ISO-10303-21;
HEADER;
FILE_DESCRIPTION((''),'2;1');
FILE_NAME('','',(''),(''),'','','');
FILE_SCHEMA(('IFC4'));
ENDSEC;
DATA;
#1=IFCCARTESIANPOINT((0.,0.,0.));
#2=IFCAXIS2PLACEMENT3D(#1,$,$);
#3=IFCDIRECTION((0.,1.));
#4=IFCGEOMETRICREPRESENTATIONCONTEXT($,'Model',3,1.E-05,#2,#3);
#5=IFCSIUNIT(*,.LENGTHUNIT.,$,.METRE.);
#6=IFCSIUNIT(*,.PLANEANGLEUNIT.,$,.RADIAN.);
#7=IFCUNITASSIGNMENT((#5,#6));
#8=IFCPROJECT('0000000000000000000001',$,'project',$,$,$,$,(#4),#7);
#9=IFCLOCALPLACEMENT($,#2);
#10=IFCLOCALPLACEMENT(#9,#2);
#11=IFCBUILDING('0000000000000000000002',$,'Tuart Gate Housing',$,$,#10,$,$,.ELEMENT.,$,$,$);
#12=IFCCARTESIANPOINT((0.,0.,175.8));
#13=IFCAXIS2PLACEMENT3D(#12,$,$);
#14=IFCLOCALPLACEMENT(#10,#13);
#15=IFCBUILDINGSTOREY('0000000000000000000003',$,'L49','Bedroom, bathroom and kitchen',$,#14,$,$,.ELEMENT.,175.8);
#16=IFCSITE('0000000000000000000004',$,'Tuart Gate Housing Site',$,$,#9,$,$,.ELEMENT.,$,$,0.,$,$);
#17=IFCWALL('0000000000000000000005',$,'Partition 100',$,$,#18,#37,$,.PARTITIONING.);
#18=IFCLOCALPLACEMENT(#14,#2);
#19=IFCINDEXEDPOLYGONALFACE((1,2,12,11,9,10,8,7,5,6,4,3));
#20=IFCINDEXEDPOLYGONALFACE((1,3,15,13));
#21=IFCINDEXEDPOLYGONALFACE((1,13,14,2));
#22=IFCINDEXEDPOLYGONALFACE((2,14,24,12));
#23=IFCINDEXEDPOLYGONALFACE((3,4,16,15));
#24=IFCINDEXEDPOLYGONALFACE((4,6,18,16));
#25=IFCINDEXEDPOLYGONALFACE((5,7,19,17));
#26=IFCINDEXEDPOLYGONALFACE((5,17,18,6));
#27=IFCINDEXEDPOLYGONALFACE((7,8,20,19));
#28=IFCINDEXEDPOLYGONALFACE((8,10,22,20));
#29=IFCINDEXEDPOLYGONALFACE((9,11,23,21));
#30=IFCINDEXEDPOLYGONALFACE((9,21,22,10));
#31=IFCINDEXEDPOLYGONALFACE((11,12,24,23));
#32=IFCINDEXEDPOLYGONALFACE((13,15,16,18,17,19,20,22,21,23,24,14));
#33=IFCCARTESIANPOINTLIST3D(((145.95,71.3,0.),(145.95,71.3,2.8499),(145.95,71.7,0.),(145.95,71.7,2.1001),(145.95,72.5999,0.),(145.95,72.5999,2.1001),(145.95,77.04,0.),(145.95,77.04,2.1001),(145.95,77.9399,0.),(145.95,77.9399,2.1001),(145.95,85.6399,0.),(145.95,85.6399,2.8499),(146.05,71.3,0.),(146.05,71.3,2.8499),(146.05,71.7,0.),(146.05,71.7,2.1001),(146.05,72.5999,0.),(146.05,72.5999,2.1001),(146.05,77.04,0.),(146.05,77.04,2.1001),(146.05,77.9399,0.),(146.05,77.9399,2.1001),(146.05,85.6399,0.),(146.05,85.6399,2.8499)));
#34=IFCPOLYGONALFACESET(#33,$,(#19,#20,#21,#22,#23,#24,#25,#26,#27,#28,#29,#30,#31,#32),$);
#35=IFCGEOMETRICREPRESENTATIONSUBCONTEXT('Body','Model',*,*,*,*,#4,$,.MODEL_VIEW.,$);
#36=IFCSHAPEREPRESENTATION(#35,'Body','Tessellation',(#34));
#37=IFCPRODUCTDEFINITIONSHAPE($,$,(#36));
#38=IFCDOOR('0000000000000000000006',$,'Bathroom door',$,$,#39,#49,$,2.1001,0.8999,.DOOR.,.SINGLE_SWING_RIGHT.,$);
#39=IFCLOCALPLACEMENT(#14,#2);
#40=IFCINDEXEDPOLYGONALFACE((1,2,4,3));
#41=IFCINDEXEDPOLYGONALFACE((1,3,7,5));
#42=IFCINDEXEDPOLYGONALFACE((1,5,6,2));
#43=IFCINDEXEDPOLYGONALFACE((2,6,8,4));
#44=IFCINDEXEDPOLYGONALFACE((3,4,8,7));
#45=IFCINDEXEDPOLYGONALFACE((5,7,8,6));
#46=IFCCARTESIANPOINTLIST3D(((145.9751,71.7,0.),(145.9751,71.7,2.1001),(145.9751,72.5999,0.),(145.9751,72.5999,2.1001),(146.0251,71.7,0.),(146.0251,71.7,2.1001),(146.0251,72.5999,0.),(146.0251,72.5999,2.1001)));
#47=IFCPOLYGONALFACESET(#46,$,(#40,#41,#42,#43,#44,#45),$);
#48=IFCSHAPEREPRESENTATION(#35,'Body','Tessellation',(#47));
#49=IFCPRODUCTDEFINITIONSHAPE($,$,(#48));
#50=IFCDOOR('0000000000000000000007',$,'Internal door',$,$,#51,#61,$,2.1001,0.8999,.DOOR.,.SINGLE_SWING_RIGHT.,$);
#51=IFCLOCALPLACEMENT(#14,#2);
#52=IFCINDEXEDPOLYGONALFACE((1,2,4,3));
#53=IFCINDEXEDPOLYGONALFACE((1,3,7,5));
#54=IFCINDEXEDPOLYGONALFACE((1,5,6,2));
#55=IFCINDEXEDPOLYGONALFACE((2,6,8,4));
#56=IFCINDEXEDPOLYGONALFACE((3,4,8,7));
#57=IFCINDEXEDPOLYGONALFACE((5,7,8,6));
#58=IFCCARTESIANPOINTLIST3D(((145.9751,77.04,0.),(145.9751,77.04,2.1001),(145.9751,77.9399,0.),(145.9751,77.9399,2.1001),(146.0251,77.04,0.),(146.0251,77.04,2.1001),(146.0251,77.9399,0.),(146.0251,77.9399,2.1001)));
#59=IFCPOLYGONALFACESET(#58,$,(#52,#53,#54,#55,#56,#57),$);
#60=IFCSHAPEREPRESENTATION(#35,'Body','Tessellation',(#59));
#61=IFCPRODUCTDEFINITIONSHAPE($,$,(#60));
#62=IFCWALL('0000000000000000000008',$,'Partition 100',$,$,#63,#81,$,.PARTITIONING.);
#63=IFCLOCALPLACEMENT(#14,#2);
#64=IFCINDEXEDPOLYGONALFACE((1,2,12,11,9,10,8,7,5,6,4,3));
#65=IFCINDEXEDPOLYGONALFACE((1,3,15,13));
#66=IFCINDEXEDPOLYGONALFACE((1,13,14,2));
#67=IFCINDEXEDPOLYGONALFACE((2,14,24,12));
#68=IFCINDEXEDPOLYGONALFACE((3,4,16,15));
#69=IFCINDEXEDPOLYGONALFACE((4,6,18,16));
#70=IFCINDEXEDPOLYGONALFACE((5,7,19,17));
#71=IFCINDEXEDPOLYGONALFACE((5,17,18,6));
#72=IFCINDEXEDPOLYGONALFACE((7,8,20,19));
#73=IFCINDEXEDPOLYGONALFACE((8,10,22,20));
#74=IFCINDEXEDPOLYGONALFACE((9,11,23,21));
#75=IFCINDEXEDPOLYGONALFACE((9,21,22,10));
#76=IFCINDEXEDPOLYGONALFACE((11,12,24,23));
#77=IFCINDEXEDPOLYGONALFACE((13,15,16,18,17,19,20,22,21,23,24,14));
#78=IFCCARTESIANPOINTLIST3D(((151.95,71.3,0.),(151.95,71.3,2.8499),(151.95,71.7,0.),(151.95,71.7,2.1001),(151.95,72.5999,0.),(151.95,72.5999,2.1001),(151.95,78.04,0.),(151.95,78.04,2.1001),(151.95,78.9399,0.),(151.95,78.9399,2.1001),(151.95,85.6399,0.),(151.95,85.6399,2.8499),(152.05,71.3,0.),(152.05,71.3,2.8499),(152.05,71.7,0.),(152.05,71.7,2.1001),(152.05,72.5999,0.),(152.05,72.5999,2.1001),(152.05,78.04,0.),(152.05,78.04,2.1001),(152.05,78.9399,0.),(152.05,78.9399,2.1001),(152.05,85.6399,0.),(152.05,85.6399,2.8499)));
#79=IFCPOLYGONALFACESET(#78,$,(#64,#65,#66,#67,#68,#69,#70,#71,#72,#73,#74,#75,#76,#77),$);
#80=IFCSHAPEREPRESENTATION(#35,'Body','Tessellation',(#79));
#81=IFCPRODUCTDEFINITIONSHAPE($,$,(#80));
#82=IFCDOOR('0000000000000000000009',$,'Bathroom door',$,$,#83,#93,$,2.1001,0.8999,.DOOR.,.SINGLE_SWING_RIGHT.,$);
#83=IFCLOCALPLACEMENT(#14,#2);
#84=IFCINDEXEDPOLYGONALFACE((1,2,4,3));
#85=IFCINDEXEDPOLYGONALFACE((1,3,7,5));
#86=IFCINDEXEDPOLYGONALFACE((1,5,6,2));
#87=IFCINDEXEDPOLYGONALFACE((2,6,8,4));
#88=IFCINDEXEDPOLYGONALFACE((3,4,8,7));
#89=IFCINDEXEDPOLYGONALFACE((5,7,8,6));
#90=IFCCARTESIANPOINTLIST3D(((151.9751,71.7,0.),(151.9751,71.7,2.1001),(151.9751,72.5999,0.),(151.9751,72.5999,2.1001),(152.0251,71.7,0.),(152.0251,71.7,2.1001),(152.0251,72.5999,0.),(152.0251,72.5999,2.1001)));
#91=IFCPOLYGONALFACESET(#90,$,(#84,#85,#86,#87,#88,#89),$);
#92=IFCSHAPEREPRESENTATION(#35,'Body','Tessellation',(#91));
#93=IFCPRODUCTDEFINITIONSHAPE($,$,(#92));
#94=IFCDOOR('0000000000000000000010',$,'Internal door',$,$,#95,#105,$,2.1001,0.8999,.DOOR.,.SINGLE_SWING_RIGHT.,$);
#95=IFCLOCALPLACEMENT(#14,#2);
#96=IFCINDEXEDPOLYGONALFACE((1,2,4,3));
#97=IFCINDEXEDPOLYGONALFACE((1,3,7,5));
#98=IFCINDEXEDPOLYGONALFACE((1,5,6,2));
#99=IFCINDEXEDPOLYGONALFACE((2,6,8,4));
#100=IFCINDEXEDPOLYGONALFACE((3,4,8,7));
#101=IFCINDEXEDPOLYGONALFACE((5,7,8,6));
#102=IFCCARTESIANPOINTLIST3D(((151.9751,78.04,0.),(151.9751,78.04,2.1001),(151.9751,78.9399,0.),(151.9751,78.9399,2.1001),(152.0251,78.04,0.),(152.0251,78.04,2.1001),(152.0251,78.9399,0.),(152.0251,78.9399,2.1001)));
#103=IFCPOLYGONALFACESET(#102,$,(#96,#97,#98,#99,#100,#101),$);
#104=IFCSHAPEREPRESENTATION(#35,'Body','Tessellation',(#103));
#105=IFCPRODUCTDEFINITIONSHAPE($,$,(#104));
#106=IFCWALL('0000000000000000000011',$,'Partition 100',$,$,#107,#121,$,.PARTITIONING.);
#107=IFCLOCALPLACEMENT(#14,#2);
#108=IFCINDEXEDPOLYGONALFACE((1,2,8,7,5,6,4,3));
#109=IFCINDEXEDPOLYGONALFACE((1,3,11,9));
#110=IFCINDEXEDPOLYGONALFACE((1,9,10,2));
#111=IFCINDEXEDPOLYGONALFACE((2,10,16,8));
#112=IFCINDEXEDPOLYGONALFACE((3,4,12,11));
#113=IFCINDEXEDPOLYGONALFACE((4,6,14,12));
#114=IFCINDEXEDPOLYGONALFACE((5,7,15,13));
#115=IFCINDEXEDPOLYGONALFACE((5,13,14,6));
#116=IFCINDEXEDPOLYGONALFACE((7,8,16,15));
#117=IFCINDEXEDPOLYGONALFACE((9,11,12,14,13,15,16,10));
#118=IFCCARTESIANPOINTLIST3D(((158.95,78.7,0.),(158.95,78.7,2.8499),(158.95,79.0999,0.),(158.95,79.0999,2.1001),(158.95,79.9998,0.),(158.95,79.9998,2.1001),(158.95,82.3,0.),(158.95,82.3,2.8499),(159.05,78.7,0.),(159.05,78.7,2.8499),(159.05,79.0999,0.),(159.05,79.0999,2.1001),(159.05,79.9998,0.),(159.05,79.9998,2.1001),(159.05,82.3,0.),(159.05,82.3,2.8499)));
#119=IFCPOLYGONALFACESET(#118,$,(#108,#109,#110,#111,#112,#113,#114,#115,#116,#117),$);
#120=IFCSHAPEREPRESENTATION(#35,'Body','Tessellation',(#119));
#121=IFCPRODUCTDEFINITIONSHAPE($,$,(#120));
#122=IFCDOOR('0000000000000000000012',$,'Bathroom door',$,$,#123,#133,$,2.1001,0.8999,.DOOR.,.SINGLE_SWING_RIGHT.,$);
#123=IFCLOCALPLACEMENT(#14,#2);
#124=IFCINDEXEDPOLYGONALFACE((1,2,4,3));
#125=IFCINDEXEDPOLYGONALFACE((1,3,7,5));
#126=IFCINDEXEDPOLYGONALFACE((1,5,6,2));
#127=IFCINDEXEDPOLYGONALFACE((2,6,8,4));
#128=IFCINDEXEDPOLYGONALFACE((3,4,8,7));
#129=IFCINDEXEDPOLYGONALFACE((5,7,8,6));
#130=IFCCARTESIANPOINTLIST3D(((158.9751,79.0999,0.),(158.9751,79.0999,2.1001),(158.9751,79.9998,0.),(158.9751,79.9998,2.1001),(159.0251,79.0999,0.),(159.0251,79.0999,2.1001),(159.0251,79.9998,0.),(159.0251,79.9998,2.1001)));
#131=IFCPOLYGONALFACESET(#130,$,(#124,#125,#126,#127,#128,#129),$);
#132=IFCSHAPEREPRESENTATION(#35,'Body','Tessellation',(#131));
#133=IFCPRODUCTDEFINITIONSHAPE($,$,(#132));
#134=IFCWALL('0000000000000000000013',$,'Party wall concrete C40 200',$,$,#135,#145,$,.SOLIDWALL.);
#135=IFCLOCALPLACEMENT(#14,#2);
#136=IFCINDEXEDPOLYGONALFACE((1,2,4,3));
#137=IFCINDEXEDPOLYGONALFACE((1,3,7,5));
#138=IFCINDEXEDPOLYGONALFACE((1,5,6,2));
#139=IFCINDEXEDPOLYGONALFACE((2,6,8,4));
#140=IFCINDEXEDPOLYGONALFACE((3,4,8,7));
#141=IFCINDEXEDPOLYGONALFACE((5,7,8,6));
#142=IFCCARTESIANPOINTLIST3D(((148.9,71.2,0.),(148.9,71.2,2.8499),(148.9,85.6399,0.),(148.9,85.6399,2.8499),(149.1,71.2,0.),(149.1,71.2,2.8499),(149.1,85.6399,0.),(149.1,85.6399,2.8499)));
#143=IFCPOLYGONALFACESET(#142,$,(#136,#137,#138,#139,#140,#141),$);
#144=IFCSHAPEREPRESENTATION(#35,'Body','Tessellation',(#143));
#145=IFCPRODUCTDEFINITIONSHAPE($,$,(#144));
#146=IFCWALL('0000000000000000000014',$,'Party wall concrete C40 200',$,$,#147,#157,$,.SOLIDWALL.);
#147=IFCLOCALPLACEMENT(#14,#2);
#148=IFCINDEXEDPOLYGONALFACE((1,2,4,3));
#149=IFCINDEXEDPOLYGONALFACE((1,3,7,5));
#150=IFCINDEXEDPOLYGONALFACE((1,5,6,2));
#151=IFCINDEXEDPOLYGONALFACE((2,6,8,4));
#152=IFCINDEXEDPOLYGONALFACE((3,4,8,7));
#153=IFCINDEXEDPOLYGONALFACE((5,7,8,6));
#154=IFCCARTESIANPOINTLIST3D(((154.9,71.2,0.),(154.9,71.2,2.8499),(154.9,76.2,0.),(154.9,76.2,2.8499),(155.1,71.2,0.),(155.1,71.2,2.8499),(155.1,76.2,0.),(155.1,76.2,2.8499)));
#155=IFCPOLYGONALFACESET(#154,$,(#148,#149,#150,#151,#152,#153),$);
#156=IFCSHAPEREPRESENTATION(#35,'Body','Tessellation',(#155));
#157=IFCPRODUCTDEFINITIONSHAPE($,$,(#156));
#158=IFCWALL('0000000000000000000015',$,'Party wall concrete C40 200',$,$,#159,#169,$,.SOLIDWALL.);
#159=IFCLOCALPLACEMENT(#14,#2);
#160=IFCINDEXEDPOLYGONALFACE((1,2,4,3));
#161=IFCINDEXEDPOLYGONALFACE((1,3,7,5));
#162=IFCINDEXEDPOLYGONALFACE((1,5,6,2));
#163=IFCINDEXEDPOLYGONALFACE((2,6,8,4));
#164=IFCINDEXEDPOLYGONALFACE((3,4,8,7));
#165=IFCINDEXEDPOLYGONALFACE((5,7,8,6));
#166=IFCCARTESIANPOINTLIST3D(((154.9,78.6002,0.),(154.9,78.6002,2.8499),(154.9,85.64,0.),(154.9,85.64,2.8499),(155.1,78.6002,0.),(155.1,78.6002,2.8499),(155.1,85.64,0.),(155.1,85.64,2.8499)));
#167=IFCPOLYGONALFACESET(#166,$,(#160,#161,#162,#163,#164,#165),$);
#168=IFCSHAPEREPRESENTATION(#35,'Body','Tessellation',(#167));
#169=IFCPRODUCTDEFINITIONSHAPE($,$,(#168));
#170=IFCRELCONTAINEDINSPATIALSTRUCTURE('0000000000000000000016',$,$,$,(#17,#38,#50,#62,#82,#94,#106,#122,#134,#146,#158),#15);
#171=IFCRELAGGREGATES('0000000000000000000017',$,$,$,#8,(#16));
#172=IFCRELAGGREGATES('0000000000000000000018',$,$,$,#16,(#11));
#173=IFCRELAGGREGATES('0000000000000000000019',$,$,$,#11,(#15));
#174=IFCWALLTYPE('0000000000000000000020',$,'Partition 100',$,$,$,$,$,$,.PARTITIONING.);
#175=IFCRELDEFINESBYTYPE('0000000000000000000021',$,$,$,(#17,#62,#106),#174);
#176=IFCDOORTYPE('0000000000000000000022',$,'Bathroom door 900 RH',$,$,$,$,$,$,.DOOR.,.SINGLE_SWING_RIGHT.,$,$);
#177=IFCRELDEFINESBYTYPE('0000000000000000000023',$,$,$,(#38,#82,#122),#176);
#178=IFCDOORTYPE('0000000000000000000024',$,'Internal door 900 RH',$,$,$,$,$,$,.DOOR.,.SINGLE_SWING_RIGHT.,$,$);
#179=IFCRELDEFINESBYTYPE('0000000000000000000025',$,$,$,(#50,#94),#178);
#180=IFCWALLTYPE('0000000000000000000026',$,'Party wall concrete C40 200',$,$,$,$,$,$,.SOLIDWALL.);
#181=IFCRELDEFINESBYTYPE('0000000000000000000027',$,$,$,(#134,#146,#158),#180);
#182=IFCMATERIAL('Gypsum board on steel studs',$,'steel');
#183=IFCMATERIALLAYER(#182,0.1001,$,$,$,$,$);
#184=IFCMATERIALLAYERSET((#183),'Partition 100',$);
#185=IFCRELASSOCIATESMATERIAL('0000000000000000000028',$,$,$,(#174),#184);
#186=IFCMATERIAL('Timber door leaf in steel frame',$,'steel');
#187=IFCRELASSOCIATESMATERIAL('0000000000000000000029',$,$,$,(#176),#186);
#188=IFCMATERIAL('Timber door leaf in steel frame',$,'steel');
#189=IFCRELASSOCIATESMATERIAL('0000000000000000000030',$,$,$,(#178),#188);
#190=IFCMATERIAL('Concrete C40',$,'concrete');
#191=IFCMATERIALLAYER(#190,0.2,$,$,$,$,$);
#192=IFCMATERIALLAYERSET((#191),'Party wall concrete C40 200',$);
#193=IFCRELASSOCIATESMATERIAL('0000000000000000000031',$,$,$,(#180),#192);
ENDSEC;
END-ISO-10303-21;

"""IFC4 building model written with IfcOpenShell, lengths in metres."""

from ifc_helpers import new_model, si_unit, direction, frame, frame_2d, origin, place, context, subcontext, project, spatial, rectangle, extrude, material, layer, layer_set, type_object, element, fill, save


model = new_model("IFC4")

# Units and contexts
model_context = context("Model", 3, precision=1e-05, world=origin(), true_north=direction((0.0, 1.0)))
body_context = subcontext(model_context, "Body", "Model", "MODEL_VIEW")
ifc_project = project(units=[si_unit("LENGTHUNIT", "METRE"), si_unit("PLANEANGLEUNIT", "RADIAN")], contexts=[model_context])

# Site, building, storey
site_placement = place(None, origin())
site = spatial("IfcSite", under=ifc_project, at=site_placement, Name="Tuart Gate Housing Site", CompositionType="ELEMENT", RefElevation=0.0)
building_placement = place(site_placement, origin())
building = spatial("IfcBuilding", under=site, at=building_placement, Name="Tuart Gate Housing", CompositionType="ELEMENT")
storey_placement = place(building_placement, frame((0.0, 0.0, 175.8)))
storey = spatial("IfcBuildingStorey", under=building, at=storey_placement, Name="L49", Description="Bedroom, bathroom and kitchen", CompositionType="ELEMENT", Elevation=175.8)

# Shared definitions
ifc_material_1 = material(Name="Gypsum board on steel studs", Category="steel")
ifc_layer_1 = layer(ifc_material_1, 0.1001)
ifc_layer_set_1 = layer_set([ifc_layer_1], Name="Partition 100")
wall_type_1 = type_object("IfcWallType", Name="Partition 100", PredefinedType="PARTITIONING", material=ifc_layer_set_1)

# Walls, openings, doors
wall_1_placement = place(storey_placement, frame((146.0, 71.3, 0.0), z_axis=(0.0, 0.0, 1.0), x_axis=(0.0, 1.0, 0.0)))
wall_1 = element("IfcWall", 1, at=wall_1_placement, inside=storey, type_object=wall_type_1, Name="Partition 100", PredefinedType="PARTITIONING", context=body_context, shape_type="SweptSolid", body=[
    extrude(rectangle(XDim=14.3398, YDim=0.1001, at=frame_2d((7.1699, 0.0))), origin(), (0.0, 0.0, 1.0), 2.8499),
])
opening_1_placement = place(wall_1_placement, frame((5.74, 0.0, 0.0)))
opening_1 = element("IfcOpeningElement", 2, at=opening_1_placement, cuts=wall_1, PredefinedType="OPENING", context=body_context, shape_type="SweptSolid", body=[
    extrude(rectangle(XDim=0.8999, YDim=2.1001, at=frame_2d((0.45, 1.05))), frame((0.0, 0.0601, 0.0), z_axis=(0.0, -1.0, 0.0), x_axis=(1.0, 0.0, 0.0)), (0.0, 0.0, 1.0), 0.1201),
])
opening_2_placement = place(wall_1_placement, frame((0.3999, 0.0, 0.0)))
opening_2 = element("IfcOpeningElement", 3, at=opening_2_placement, cuts=wall_1, PredefinedType="OPENING", context=body_context, shape_type="SweptSolid", body=[
    extrude(rectangle(XDim=0.8999, YDim=2.1001, at=frame_2d((0.45, 1.05))), frame((0.0, 0.0601, 0.0), z_axis=(0.0, -1.0, 0.0), x_axis=(1.0, 0.0, 0.0)), (0.0, 0.0, 1.0), 0.1201),
])
ifc_material_2 = material(Name="Timber door leaf in steel frame", Category="steel")
door_type_1 = type_object("IfcDoorType", Name="Bathroom door 900 RH", OperationType="SINGLE_SWING_RIGHT", PredefinedType="DOOR", material=ifc_material_2)
door_1_placement = place(opening_2_placement, frame((0.8999, 0.0, 0.0), z_axis=(0.0, 0.0, 1.0), x_axis=(-1.0, 0.0, 0.0)))
door_1 = element("IfcDoor", 4, at=door_1_placement, inside=storey, type_object=door_type_1, Name="Bathroom door", OperationType="SINGLE_SWING_RIGHT", OverallHeight=2.1001, OverallWidth=0.8999, PredefinedType="DOOR", context=body_context, shape_type="SweptSolid", body=[
    extrude(rectangle(XDim=0.8999, YDim=2.1001, at=frame_2d((0.45, 1.05))), frame((0.0, 0.0251, 0.0), z_axis=(0.0, -1.0, 0.0), x_axis=(1.0, 0.0, 0.0)), (0.0, 0.0, 1.0), 0.05),
])
fill(opening_2, door_1)
ifc_material_3 = material(Name="Timber door leaf in steel frame", Category="steel")
door_type_2 = type_object("IfcDoorType", Name="Internal door 900 RH", OperationType="SINGLE_SWING_RIGHT", PredefinedType="DOOR", material=ifc_material_3)
door_2_placement = place(opening_1_placement, frame((0.8999, 0.0, 0.0), z_axis=(0.0, 0.0, 1.0), x_axis=(-1.0, 0.0, 0.0)))
door_2 = element("IfcDoor", 5, at=door_2_placement, inside=storey, type_object=door_type_2, Name="Internal door", OperationType="SINGLE_SWING_RIGHT", OverallHeight=2.1001, OverallWidth=0.8999, PredefinedType="DOOR", context=body_context, shape_type="SweptSolid", body=[
    extrude(rectangle(XDim=0.8999, YDim=2.1001, at=frame_2d((0.45, 1.05))), frame((0.0, 0.0251, 0.0), z_axis=(0.0, -1.0, 0.0), x_axis=(1.0, 0.0, 0.0)), (0.0, 0.0, 1.0), 0.05),
])
fill(opening_1, door_2)
wall_2_placement = place(storey_placement, frame((152.0, 71.3, 0.0), z_axis=(0.0, 0.0, 1.0), x_axis=(0.0, 1.0, 0.0)))
wall_2 = element("IfcWall", 6, at=wall_2_placement, inside=storey, type_object=wall_type_1, Name="Partition 100", PredefinedType="PARTITIONING", context=body_context, shape_type="SweptSolid", body=[
    extrude(rectangle(XDim=14.3398, YDim=0.1001, at=frame_2d((7.1699, 0.0))), origin(), (0.0, 0.0, 1.0), 2.8499),
])
opening_3_placement = place(wall_2_placement, frame((6.74, 0.0, 0.0)))
opening_3 = element("IfcOpeningElement", 7, at=opening_3_placement, cuts=wall_2, PredefinedType="OPENING", context=body_context, shape_type="SweptSolid", body=[
    extrude(rectangle(XDim=0.8999, YDim=2.1001, at=frame_2d((0.45, 1.05))), frame((0.0, 0.0601, 0.0), z_axis=(0.0, -1.0, 0.0), x_axis=(1.0, 0.0, 0.0)), (0.0, 0.0, 1.0), 0.1201),
])
opening_4_placement = place(wall_2_placement, frame((0.3999, 0.0, 0.0)))
opening_4 = element("IfcOpeningElement", 8, at=opening_4_placement, cuts=wall_2, PredefinedType="OPENING", context=body_context, shape_type="SweptSolid", body=[
    extrude(rectangle(XDim=0.8999, YDim=2.1001, at=frame_2d((0.45, 1.05))), frame((0.0, 0.0601, 0.0), z_axis=(0.0, -1.0, 0.0), x_axis=(1.0, 0.0, 0.0)), (0.0, 0.0, 1.0), 0.1201),
])
door_3_placement = place(opening_4_placement, frame((0.8999, 0.0, 0.0), z_axis=(0.0, 0.0, 1.0), x_axis=(-1.0, 0.0, 0.0)))
door_3 = element("IfcDoor", 9, at=door_3_placement, inside=storey, type_object=door_type_1, Name="Bathroom door", OperationType="SINGLE_SWING_RIGHT", OverallHeight=2.1001, OverallWidth=0.8999, PredefinedType="DOOR", context=body_context, shape_type="SweptSolid", body=[
    extrude(rectangle(XDim=0.8999, YDim=2.1001, at=frame_2d((0.45, 1.05))), frame((0.0, 0.0251, 0.0), z_axis=(0.0, -1.0, 0.0), x_axis=(1.0, 0.0, 0.0)), (0.0, 0.0, 1.0), 0.05),
])
fill(opening_4, door_3)
door_4_placement = place(opening_3_placement, frame((0.8999, 0.0, 0.0), z_axis=(0.0, 0.0, 1.0), x_axis=(-1.0, 0.0, 0.0)))
door_4 = element("IfcDoor", 10, at=door_4_placement, inside=storey, type_object=door_type_2, Name="Internal door", OperationType="SINGLE_SWING_RIGHT", OverallHeight=2.1001, OverallWidth=0.8999, PredefinedType="DOOR", context=body_context, shape_type="SweptSolid", body=[
    extrude(rectangle(XDim=0.8999, YDim=2.1001, at=frame_2d((0.45, 1.05))), frame((0.0, 0.0251, 0.0), z_axis=(0.0, -1.0, 0.0), x_axis=(1.0, 0.0, 0.0)), (0.0, 0.0, 1.0), 0.05),
])
fill(opening_3, door_4)

# Wall, opening, door
wall_3_placement = place(storey_placement, frame((159.0, 78.7, 0.0), z_axis=(0.0, 0.0, 1.0), x_axis=(0.0, 1.0, 0.0)))
wall_3 = element("IfcWall", 11, at=wall_3_placement, inside=storey, type_object=wall_type_1, Name="Partition 100", PredefinedType="PARTITIONING", context=body_context, shape_type="SweptSolid", body=[
    extrude(rectangle(XDim=3.6001, YDim=0.1001, at=frame_2d((1.8, 0.0))), origin(), (0.0, 0.0, 1.0), 2.8499),
])
opening_5_placement = place(wall_3_placement, frame((0.3999, 0.0, 0.0)))
opening_5 = element("IfcOpeningElement", 12, at=opening_5_placement, cuts=wall_3, PredefinedType="OPENING", context=body_context, shape_type="SweptSolid", body=[
    extrude(rectangle(XDim=0.8999, YDim=2.1001, at=frame_2d((0.45, 1.05))), frame((0.0, 0.0601, 0.0), z_axis=(0.0, -1.0, 0.0), x_axis=(1.0, 0.0, 0.0)), (0.0, 0.0, 1.0), 0.1201),
])
door_5_placement = place(opening_5_placement, frame((0.8999, 0.0, 0.0), z_axis=(0.0, 0.0, 1.0), x_axis=(-1.0, 0.0, 0.0)))
door_5 = element("IfcDoor", 13, at=door_5_placement, inside=storey, type_object=door_type_1, Name="Bathroom door", OperationType="SINGLE_SWING_RIGHT", OverallHeight=2.1001, OverallWidth=0.8999, PredefinedType="DOOR", context=body_context, shape_type="SweptSolid", body=[
    extrude(rectangle(XDim=0.8999, YDim=2.1001, at=frame_2d((0.45, 1.05))), frame((0.0, 0.0251, 0.0), z_axis=(0.0, -1.0, 0.0), x_axis=(1.0, 0.0, 0.0)), (0.0, 0.0, 1.0), 0.05),
])
fill(opening_5, door_5)

# Walls
ifc_material_4 = material(Name="Concrete C40", Category="concrete")
ifc_layer_2 = layer(ifc_material_4, 0.2)
ifc_layer_set_2 = layer_set([ifc_layer_2], Name="Party wall concrete C40 200")
wall_type_2 = type_object("IfcWallType", Name="Party wall concrete C40 200", PredefinedType="SOLIDWALL", material=ifc_layer_set_2)
wall_4_placement = place(storey_placement, frame((149.0, 71.2, 0.0), z_axis=(0.0, 0.0, 1.0), x_axis=(0.0, 1.0, 0.0)))
element("IfcWall", 14, at=wall_4_placement, inside=storey, type_object=wall_type_2, Name="Party wall concrete C40 200", PredefinedType="SOLIDWALL", context=body_context, shape_type="SweptSolid", body=[
    extrude(rectangle(XDim=14.4399, YDim=0.2, at=frame_2d((7.22, 0.0))), origin(), (0.0, 0.0, 1.0), 2.8499),
])
wall_5_placement = place(storey_placement, frame((155.0, 71.2, 0.0), z_axis=(0.0, 0.0, 1.0), x_axis=(0.0, 1.0, 0.0)))
element("IfcWall", 15, at=wall_5_placement, inside=storey, type_object=wall_type_2, Name="Party wall concrete C40 200", PredefinedType="SOLIDWALL", context=body_context, shape_type="SweptSolid", body=[
    extrude(rectangle(XDim=5.0, YDim=0.2, at=frame_2d((2.5, 0.0))), origin(), (0.0, 0.0, 1.0), 2.8499),
])
wall_6_placement = place(storey_placement, frame((155.0, 78.6001, 0.0), z_axis=(0.0, 0.0, 1.0), x_axis=(0.0, 1.0, 0.0)))
element("IfcWall", 16, at=wall_6_placement, inside=storey, type_object=wall_type_2, Name="Party wall concrete C40 200", PredefinedType="SOLIDWALL", context=body_context, shape_type="SweptSolid", body=[
    extrude(rectangle(XDim=7.0398, YDim=0.2, at=frame_2d((3.52, 0.0))), origin(), (0.0, 0.0, 1.0), 2.8499),
])

save(model, "model.ifc")
